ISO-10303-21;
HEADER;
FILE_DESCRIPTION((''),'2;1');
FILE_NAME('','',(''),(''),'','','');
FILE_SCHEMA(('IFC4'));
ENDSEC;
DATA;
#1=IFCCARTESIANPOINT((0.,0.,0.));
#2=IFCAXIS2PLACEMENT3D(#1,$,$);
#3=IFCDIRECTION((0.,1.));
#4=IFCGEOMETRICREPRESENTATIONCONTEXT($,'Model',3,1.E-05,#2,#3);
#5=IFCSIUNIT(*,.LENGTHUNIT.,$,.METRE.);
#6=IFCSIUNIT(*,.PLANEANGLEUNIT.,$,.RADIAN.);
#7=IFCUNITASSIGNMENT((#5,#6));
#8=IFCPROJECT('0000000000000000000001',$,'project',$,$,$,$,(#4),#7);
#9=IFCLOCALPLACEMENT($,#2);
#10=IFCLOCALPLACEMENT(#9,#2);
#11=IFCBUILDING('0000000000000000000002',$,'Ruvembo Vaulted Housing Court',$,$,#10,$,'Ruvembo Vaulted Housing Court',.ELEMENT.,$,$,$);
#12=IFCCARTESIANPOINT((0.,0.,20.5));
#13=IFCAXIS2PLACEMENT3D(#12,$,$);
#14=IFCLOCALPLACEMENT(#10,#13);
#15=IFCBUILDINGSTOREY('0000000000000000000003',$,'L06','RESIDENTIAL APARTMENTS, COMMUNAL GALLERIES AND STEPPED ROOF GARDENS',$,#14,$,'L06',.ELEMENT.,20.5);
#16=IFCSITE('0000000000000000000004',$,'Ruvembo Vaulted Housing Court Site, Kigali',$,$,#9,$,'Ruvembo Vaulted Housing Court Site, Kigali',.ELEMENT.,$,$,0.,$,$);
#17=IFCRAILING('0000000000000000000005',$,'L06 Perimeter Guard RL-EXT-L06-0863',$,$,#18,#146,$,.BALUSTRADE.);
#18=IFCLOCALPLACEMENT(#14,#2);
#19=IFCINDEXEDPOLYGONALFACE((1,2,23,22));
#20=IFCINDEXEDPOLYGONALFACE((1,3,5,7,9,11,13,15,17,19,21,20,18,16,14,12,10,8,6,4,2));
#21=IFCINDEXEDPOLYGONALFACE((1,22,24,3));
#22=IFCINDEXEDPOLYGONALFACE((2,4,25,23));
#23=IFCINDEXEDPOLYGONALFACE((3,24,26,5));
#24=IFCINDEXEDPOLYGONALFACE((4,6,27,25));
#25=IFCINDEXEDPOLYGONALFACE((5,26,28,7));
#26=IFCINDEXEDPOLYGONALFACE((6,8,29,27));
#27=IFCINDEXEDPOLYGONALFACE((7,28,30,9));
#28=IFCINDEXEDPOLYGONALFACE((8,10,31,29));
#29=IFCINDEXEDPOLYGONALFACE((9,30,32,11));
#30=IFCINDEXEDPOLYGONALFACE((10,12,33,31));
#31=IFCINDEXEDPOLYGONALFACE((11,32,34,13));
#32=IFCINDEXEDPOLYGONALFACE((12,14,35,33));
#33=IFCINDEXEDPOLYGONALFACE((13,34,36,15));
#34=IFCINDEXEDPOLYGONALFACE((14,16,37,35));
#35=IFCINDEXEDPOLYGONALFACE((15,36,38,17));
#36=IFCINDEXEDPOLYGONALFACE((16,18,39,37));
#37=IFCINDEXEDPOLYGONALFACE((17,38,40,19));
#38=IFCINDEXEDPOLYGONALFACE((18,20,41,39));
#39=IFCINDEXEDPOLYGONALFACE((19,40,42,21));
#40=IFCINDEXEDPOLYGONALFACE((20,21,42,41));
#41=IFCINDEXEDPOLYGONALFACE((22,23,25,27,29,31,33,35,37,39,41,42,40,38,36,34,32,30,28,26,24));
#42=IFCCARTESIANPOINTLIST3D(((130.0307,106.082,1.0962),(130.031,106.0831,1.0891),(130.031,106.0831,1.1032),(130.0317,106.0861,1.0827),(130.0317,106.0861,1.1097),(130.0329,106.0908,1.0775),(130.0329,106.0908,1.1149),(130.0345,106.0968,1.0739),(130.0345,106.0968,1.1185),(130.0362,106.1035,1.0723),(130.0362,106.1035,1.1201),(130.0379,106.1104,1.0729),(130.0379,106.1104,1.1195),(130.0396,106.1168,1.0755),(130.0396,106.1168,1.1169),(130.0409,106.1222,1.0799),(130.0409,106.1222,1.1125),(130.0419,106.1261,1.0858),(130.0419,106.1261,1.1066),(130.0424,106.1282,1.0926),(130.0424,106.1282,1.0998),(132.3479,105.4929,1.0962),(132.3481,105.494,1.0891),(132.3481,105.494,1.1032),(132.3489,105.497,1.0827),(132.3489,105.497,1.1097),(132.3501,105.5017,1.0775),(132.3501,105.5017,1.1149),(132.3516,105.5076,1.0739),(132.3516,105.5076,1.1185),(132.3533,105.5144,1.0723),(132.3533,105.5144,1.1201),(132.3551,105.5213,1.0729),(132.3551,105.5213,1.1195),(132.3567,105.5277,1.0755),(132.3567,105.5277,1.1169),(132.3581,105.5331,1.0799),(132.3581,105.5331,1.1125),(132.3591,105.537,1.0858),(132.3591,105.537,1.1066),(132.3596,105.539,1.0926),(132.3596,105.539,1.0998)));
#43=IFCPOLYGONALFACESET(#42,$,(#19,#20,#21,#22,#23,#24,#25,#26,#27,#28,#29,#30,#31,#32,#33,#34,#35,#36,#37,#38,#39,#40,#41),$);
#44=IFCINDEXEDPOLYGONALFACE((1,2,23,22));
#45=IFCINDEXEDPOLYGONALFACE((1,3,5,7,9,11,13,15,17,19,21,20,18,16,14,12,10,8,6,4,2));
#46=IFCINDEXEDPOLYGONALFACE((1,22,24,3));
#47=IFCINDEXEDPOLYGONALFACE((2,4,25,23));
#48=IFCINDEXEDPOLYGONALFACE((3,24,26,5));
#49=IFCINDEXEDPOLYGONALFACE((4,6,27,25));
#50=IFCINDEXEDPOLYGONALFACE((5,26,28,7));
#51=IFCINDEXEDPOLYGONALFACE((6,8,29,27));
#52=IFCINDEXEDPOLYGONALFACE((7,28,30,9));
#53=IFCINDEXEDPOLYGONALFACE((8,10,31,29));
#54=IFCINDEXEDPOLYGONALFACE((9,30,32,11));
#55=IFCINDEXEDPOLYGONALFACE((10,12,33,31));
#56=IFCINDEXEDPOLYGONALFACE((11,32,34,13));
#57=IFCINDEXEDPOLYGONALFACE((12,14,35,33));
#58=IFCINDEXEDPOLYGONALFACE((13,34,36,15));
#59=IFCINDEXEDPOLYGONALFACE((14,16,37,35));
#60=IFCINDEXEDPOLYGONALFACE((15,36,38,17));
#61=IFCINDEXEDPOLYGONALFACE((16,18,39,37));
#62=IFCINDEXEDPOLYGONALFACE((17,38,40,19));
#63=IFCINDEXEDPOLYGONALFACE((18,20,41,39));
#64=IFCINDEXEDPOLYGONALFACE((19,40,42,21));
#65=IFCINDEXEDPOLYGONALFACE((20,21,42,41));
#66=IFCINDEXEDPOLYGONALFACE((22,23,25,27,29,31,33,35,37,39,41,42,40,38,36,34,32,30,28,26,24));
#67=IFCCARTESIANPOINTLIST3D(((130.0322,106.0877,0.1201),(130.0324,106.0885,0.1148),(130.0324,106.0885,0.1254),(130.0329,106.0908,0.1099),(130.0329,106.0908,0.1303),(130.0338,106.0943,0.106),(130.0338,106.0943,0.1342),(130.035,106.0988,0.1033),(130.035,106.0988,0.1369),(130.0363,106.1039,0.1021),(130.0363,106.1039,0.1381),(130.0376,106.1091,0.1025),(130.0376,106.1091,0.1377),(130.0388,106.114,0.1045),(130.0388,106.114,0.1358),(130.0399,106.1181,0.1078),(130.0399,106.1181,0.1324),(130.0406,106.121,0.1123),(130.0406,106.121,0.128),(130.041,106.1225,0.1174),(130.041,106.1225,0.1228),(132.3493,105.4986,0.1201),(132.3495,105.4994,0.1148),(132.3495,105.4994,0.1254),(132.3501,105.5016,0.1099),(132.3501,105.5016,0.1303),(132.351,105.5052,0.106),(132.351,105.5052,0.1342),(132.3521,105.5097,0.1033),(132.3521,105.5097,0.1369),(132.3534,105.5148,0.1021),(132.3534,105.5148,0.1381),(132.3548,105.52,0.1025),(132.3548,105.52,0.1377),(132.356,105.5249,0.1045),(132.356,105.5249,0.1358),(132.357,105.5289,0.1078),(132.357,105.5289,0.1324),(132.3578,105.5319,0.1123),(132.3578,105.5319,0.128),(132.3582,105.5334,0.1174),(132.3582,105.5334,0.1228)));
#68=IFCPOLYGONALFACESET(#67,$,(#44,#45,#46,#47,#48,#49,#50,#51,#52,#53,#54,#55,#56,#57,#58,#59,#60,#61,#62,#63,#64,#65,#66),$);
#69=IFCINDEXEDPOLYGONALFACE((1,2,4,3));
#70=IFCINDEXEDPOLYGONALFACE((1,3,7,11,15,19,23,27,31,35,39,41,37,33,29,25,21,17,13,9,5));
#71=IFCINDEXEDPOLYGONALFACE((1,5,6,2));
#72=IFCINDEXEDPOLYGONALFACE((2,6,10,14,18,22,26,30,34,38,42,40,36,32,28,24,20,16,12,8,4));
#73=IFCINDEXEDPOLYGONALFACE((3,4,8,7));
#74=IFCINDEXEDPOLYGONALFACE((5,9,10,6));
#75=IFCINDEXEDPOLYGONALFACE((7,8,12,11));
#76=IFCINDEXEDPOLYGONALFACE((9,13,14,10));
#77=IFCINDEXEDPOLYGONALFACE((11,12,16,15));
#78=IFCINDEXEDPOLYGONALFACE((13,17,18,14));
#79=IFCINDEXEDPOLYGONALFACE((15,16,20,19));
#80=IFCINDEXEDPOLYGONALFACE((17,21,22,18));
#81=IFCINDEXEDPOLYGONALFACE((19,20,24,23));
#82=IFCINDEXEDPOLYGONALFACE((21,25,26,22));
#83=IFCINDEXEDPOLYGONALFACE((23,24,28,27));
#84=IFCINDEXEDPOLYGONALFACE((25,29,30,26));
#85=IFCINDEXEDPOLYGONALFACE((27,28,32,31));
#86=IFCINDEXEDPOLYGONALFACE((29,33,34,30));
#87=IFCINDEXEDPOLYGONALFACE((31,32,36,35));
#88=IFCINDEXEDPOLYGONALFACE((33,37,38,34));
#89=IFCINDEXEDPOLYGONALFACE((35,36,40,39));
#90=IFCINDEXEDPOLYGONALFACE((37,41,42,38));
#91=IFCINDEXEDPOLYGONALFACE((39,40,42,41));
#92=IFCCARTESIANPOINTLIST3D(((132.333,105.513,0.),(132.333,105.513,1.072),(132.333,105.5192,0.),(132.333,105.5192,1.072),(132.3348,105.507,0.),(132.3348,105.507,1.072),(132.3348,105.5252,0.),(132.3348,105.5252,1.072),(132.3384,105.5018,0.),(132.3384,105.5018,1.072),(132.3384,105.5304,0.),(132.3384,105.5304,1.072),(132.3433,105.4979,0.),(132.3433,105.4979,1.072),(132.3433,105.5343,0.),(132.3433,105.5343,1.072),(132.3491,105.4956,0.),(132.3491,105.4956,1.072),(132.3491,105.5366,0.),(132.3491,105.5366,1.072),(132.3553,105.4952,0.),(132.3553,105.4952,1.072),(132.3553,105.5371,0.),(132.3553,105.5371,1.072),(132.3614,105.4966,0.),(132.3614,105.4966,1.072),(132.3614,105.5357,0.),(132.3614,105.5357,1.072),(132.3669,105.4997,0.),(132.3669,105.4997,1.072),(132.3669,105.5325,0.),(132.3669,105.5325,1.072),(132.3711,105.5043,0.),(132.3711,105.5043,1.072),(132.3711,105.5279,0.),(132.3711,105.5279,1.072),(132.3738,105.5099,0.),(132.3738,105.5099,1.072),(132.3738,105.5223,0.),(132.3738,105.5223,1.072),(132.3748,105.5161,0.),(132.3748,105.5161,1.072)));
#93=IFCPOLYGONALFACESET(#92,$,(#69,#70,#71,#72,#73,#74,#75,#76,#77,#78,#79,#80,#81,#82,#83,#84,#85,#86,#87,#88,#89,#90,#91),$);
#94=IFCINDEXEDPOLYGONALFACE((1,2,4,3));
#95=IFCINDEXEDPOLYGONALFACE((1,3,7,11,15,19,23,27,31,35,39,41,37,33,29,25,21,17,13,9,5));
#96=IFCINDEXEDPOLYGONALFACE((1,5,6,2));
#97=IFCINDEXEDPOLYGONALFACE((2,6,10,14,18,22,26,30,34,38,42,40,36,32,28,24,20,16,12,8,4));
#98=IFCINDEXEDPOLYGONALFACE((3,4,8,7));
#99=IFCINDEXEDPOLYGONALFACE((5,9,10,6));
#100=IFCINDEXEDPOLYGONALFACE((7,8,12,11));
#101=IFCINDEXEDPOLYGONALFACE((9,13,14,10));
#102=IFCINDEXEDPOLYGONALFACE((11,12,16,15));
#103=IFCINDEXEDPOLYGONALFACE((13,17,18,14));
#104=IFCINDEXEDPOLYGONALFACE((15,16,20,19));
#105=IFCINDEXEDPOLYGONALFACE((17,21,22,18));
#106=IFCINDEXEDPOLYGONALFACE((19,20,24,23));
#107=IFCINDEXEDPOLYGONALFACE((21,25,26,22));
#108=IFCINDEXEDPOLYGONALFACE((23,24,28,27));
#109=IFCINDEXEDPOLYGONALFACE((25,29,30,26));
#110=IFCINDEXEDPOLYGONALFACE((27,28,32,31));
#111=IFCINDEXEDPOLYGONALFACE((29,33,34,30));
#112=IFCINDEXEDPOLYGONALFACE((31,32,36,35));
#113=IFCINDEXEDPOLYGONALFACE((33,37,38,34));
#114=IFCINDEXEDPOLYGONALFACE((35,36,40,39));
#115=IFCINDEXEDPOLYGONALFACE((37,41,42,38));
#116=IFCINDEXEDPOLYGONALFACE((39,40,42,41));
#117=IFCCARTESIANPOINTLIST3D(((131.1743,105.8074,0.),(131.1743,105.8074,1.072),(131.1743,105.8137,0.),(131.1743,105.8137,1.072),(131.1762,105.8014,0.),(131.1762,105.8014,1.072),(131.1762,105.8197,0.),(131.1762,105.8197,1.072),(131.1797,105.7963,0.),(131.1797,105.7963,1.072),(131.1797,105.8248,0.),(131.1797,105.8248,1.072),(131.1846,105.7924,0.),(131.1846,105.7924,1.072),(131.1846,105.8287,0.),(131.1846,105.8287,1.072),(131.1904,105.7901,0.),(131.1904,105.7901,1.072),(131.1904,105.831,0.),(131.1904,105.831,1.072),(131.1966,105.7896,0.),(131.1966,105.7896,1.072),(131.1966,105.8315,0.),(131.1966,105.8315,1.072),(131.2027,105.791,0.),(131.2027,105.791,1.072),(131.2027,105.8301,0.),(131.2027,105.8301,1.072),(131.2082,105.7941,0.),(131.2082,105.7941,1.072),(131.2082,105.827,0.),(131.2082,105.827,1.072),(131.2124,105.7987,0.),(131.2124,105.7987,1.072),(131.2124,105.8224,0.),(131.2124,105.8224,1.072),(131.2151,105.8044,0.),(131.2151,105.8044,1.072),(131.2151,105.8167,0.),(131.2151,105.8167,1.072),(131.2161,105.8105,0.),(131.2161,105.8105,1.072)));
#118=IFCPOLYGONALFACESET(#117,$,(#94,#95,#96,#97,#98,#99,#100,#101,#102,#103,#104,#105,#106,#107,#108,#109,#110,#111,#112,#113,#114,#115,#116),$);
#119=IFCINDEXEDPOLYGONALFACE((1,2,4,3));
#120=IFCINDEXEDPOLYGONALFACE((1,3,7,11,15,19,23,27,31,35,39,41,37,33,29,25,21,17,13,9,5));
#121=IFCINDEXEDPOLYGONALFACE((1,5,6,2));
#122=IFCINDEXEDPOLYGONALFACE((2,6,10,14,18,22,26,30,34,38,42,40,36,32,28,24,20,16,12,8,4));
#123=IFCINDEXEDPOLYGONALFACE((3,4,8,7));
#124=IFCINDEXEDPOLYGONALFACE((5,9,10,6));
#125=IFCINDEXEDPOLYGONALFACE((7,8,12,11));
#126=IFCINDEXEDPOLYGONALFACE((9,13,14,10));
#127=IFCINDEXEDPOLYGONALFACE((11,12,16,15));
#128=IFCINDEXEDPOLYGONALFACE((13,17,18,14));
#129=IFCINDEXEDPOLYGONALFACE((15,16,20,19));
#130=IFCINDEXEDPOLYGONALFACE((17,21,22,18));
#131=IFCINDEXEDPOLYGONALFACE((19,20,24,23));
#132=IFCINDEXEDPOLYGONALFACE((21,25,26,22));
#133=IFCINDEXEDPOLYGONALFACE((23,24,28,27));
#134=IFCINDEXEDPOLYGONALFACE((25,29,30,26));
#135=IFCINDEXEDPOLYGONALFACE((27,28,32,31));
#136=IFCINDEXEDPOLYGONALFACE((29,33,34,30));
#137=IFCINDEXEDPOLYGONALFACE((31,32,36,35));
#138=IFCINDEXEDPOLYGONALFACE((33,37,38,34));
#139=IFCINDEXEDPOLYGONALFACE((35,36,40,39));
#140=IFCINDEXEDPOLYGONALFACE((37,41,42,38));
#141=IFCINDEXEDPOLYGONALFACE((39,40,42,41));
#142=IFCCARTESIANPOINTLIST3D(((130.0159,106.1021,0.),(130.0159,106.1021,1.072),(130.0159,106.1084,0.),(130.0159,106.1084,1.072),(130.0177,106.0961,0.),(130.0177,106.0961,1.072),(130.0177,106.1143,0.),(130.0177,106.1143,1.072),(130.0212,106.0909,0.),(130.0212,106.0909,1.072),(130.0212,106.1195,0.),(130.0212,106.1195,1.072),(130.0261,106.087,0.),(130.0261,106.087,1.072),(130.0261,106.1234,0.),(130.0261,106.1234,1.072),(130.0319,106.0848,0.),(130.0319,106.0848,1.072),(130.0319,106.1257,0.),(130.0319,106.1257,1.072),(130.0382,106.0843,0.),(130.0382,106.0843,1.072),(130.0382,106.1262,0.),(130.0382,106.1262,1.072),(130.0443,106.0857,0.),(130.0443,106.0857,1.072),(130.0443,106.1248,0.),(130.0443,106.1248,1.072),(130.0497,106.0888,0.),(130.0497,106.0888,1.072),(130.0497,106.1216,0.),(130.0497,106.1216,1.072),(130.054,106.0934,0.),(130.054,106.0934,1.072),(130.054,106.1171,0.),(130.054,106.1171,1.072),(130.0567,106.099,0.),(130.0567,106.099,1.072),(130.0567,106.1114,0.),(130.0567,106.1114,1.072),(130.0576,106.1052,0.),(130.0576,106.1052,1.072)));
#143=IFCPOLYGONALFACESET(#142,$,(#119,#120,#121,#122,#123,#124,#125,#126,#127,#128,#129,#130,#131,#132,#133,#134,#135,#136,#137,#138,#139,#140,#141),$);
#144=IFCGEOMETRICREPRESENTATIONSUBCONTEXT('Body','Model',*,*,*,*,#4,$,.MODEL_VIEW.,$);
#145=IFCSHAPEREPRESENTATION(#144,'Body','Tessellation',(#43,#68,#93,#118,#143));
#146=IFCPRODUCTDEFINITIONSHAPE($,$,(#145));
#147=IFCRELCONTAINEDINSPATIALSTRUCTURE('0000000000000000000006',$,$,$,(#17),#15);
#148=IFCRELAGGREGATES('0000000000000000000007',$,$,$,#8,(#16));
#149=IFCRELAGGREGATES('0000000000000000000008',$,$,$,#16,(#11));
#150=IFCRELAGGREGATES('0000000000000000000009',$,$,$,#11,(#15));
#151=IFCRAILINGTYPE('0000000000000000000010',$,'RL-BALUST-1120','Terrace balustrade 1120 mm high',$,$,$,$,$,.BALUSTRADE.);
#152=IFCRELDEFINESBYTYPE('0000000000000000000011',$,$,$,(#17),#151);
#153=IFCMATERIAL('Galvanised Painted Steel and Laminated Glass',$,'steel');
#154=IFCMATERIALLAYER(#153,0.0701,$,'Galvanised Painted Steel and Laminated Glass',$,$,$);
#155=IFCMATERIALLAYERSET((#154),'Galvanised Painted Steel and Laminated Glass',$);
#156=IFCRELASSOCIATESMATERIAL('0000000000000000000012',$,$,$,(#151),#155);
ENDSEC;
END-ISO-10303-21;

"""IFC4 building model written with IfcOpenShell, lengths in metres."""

from ifc_helpers import new_model, si_unit, direction, frame, origin, origin_2d, place, context, subcontext, project, spatial, circle, extrude, material, layer, layer_set, type_object, element, save


model = new_model("IFC4")

# Units and contexts
model_context = context("Model", 3, precision=1e-05, world=origin(), true_north=direction((0.0, 1.0)))
body_context = subcontext(model_context, "Body", "Model", "MODEL_VIEW")
ifc_project = project(units=[si_unit("LENGTHUNIT", "METRE"), si_unit("PLANEANGLEUNIT", "RADIAN")], contexts=[model_context])

# Site, building, storey
site_placement = place(None, origin())
site = spatial("IfcSite", under=ifc_project, at=site_placement, Name="Ruvembo Vaulted Housing Court Site, Kigali", LongName="Ruvembo Vaulted Housing Court Site, Kigali", CompositionType="ELEMENT", RefElevation=0.0)
building_placement = place(site_placement, origin())
building = spatial("IfcBuilding", under=site, at=building_placement, Name="Ruvembo Vaulted Housing Court", LongName="Ruvembo Vaulted Housing Court", CompositionType="ELEMENT")
storey_placement = place(building_placement, frame((0.0, 0.0, 20.5)))
storey = spatial("IfcBuildingStorey", under=building, at=storey_placement, Name="L06", Description="RESIDENTIAL APARTMENTS, COMMUNAL GALLERIES AND STEPPED ROOF GARDENS", LongName="L06", CompositionType="ELEMENT", Elevation=20.5)

# Railing
ifc_material_1 = material(Name="Galvanised Painted Steel and Laminated Glass", Category="steel")
ifc_layer = layer(ifc_material_1, 0.0701, Name="Galvanised Painted Steel and Laminated Glass")
ifc_layer_set = layer_set([ifc_layer], Name="Galvanised Painted Steel and Laminated Glass")
railing_type = type_object("IfcRailingType", Name="RL-BALUST-1120", Description="Terrace balustrade 1120 mm high", PredefinedType="BALUSTRADE", material=ifc_layer_set)
railing_1_placement = place(storey_placement, frame((132.3538, 105.5161, 0.0)))
element("IfcRailing", 1, at=railing_1_placement, inside=storey, type_object=railing_type, Name="L06 Perimeter Guard RL-EXT-L06-0863", PredefinedType="BALUSTRADE", context=body_context, shape_type="SweptSolid", body=[
    extrude(circle(Radius=0.0239, at=origin_2d()), frame((0.0, 0.0, 1.0962), z_axis=(-0.969168, 0.246402, 0.0), x_axis=(-0.246402, -0.969168, 0.0)), (0.0, 0.0, 1.0), 2.3909),
    extrude(circle(Radius=0.0181, at=origin_2d()), frame((0.0, 0.0, 0.1201), z_axis=(-0.969168, 0.246402, 0.0), x_axis=(-0.246402, -0.969168, 0.0)), (0.0, 0.0, 1.0), 2.3909),
    extrude(circle(Radius=0.021, at=origin_2d()), origin(), (0.0, 0.0, 1.0), 1.072),
    extrude(circle(Radius=0.021, at=origin_2d()), frame((-1.1587, 0.2944, 0.0)), (0.0, 0.0, 1.0), 1.072),
    extrude(circle(Radius=0.021, at=origin_2d()), frame((-2.3171, 0.5891, 0.0)), (0.0, 0.0, 1.0), 1.072),
])

save(model, "model.ifc")
